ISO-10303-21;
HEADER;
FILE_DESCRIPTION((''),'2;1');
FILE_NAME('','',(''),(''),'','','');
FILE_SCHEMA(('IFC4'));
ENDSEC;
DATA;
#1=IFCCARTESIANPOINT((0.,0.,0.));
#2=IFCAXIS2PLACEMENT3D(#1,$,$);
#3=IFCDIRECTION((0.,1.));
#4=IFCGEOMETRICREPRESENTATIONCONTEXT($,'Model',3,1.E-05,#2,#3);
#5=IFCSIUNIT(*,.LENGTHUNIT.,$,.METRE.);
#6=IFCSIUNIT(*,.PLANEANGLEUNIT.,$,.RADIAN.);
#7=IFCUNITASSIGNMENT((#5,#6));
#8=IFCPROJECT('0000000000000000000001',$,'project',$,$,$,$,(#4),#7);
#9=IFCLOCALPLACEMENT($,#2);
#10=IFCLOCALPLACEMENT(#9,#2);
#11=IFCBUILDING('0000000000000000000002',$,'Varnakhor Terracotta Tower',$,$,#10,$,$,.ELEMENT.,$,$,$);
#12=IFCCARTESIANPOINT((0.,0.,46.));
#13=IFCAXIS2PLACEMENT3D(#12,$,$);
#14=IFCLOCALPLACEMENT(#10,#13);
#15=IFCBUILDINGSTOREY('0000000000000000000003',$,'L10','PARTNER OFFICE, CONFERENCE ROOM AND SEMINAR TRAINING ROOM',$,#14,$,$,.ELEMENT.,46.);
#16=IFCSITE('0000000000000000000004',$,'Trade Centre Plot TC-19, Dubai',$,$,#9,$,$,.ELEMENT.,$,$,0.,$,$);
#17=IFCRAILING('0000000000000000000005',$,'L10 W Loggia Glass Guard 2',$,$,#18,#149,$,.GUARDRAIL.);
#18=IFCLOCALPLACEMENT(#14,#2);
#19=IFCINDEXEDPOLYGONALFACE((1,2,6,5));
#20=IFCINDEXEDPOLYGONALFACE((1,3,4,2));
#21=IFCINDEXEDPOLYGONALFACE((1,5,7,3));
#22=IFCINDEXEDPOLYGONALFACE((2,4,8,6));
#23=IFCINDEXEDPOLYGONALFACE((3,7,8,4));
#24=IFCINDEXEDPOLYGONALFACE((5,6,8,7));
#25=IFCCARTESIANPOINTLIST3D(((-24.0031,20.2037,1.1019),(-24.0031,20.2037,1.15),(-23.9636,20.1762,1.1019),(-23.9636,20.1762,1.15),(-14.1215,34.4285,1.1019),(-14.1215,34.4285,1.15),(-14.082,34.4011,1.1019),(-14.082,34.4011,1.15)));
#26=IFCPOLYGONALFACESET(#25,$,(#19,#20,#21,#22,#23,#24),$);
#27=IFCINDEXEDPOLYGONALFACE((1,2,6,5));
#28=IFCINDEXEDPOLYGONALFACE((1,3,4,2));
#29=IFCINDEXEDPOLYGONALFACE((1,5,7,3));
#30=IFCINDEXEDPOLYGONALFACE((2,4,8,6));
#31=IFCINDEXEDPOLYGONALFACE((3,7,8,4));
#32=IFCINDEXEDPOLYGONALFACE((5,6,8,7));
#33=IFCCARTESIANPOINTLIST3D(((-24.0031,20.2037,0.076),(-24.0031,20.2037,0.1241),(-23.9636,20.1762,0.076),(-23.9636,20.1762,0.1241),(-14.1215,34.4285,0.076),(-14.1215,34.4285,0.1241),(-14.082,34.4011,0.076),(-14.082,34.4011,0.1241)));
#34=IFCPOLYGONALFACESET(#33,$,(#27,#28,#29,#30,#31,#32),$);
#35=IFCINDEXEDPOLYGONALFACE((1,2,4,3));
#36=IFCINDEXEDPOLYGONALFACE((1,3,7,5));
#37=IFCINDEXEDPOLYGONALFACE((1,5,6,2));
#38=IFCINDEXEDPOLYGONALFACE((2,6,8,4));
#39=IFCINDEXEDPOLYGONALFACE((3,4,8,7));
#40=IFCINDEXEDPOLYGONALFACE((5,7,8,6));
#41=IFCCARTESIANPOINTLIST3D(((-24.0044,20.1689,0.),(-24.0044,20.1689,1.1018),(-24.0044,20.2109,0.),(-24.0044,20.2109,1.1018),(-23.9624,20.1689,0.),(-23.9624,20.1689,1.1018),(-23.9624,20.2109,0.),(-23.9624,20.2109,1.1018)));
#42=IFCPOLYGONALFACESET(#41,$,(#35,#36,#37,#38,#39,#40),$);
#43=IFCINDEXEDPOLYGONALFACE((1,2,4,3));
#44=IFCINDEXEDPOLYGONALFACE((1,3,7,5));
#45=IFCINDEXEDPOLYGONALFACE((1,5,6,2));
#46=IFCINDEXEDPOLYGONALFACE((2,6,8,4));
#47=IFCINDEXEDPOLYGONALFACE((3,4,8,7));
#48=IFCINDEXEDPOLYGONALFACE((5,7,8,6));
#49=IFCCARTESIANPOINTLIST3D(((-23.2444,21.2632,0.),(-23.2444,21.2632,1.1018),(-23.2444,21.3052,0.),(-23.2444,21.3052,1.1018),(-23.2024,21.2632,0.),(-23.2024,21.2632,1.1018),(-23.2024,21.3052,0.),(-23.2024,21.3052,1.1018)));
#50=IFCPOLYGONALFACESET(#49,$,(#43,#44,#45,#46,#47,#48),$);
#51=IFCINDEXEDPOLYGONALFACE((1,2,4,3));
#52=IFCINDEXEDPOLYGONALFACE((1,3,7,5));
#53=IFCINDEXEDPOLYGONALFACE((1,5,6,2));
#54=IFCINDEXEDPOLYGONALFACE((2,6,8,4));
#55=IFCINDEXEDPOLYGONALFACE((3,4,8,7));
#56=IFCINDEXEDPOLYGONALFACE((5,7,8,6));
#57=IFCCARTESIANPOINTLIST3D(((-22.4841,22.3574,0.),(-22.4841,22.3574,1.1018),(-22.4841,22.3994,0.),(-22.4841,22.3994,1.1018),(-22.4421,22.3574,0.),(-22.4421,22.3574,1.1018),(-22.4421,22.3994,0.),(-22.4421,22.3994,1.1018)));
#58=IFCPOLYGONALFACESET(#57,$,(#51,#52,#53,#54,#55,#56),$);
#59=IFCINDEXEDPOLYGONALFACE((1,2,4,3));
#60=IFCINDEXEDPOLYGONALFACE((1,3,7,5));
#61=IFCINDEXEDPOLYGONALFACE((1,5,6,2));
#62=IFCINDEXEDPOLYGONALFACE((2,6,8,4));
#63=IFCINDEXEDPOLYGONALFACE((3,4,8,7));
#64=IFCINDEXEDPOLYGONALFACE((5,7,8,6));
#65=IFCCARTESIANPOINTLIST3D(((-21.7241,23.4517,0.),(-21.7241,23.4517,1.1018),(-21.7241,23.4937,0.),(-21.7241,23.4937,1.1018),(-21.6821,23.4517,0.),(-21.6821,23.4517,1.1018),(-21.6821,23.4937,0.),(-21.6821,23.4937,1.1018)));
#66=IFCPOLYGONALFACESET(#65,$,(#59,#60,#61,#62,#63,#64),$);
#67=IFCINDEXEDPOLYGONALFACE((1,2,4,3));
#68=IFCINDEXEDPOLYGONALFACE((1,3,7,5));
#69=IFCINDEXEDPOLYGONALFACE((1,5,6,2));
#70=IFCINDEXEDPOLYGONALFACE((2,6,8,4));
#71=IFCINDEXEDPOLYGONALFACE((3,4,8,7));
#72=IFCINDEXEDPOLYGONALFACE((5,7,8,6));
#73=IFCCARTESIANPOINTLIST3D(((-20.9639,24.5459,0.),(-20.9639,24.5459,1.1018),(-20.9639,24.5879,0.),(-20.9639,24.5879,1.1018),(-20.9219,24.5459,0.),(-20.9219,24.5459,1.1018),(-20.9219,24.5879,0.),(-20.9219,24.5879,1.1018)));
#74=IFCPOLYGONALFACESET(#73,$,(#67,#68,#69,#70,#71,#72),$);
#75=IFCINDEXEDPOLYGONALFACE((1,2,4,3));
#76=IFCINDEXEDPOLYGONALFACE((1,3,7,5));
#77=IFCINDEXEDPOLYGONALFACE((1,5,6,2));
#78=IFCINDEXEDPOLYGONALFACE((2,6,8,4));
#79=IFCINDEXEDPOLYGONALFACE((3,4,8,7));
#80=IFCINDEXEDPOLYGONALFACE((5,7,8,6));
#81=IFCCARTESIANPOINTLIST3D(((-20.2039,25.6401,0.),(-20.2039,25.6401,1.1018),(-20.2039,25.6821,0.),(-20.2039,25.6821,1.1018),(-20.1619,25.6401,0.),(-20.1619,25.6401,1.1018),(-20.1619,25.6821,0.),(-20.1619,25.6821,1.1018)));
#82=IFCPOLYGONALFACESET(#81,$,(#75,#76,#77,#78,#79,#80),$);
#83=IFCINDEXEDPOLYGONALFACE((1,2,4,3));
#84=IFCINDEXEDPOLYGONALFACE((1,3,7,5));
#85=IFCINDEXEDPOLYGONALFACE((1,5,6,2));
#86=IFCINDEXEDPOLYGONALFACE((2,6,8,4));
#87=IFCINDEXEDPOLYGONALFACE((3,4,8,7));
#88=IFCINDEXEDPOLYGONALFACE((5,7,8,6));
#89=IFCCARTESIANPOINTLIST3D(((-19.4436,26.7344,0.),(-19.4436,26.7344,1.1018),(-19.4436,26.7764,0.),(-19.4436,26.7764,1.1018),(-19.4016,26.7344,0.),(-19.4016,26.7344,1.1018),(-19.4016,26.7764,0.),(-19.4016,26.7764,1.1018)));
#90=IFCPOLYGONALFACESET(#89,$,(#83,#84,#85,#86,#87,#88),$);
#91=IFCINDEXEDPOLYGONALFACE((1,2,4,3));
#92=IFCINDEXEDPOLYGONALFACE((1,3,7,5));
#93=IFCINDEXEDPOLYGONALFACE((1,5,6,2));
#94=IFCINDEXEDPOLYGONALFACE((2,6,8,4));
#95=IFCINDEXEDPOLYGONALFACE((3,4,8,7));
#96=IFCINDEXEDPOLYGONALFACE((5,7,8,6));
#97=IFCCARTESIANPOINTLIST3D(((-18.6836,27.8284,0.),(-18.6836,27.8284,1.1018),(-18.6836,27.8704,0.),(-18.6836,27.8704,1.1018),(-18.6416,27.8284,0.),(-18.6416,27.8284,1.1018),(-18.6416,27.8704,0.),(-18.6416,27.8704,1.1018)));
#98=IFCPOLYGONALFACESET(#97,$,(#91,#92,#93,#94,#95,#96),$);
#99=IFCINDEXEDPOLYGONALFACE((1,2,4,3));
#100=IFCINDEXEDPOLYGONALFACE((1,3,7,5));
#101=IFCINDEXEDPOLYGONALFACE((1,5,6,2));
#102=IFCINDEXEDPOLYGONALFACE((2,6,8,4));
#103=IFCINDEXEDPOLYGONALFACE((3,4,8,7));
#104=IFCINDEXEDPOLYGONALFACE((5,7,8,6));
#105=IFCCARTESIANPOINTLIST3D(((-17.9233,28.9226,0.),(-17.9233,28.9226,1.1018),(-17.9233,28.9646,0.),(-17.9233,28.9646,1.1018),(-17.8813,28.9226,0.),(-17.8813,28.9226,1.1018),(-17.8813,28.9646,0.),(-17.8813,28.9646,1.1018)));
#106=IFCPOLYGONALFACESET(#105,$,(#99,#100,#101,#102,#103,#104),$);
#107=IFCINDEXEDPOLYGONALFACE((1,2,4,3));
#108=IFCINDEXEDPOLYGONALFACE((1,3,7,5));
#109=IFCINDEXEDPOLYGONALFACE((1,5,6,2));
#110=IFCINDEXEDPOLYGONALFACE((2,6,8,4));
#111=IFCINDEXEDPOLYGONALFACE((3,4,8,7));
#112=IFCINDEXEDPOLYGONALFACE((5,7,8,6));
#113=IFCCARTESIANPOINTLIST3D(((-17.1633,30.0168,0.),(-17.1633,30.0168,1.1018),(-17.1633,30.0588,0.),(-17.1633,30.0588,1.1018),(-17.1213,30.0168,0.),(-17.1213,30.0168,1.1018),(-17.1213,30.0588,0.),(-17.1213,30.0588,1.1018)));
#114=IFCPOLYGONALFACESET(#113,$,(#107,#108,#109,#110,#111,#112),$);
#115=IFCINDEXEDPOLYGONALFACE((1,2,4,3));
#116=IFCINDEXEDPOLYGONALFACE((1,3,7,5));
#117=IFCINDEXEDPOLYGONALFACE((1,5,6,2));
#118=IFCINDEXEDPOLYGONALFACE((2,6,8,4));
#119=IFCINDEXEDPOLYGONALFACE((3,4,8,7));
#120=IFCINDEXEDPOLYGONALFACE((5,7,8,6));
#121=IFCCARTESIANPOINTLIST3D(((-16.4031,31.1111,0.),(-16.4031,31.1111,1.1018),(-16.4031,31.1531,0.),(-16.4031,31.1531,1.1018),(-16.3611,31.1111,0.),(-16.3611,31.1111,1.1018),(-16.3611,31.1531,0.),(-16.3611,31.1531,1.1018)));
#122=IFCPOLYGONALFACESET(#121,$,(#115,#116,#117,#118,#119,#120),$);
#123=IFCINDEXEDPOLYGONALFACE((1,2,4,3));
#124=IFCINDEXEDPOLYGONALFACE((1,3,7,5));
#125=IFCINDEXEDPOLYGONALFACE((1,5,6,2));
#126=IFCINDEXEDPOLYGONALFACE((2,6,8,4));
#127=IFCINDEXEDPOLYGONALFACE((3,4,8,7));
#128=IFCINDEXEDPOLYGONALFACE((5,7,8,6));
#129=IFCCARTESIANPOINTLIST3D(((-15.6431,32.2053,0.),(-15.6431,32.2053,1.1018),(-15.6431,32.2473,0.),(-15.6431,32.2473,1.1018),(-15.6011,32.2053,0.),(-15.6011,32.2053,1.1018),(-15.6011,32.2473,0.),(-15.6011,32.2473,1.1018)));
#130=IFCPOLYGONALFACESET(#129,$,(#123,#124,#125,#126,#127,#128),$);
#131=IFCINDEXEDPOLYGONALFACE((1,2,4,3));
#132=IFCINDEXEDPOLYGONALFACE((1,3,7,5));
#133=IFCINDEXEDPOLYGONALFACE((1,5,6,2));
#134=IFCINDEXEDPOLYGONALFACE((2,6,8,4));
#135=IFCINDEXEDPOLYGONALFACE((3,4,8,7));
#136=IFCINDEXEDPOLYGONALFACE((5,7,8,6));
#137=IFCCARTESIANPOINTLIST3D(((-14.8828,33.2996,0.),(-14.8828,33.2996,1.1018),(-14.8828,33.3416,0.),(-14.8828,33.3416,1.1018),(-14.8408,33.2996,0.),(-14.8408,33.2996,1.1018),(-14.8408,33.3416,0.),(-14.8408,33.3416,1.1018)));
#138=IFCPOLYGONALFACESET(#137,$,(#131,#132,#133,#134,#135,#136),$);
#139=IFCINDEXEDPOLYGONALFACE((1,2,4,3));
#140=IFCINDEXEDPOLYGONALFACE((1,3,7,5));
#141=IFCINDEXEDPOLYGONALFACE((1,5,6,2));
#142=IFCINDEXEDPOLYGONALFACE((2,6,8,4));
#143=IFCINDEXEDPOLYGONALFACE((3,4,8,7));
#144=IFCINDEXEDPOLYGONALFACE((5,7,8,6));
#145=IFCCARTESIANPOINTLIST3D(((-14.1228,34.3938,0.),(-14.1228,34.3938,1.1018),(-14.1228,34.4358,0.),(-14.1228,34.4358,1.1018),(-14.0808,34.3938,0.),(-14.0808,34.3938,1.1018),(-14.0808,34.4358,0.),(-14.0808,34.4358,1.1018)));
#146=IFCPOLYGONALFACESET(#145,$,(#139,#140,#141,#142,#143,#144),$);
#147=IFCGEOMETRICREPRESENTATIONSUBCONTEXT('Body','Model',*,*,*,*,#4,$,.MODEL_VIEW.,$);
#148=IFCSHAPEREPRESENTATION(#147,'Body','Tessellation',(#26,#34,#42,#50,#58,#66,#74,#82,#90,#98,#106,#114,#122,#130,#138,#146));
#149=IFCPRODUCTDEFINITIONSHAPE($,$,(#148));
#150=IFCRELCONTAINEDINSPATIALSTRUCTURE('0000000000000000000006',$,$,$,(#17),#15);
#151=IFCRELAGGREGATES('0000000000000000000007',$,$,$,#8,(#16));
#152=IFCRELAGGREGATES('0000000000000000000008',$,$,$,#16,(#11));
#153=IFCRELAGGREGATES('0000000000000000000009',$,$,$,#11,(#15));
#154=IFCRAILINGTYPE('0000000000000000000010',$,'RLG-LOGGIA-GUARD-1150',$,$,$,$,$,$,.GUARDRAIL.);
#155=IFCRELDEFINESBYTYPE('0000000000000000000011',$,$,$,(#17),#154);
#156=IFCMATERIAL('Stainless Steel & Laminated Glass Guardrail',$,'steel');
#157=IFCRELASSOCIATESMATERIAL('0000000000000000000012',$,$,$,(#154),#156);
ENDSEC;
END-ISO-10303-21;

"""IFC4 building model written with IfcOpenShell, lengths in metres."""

from ifc_helpers import new_model, si_unit, direction, frame, origin, origin_2d, place, context, subcontext, project, spatial, rectangle, extrude, material, type_object, element, save


model = new_model("IFC4")

# Units and contexts
model_context = context("Model", 3, precision=1e-05, world=origin(), true_north=direction((0.0, 1.0)))
body_context = subcontext(model_context, "Body", "Model", "MODEL_VIEW")
ifc_project = project(units=[si_unit("LENGTHUNIT", "METRE"), si_unit("PLANEANGLEUNIT", "RADIAN")], contexts=[model_context])

# Site, building, storey
site_placement = place(None, origin())
site = spatial("IfcSite", under=ifc_project, at=site_placement, Name="Trade Centre Plot TC-19, Dubai", CompositionType="ELEMENT", RefElevation=0.0)
building_placement = place(site_placement, origin())
building = spatial("IfcBuilding", under=site, at=building_placement, Name="Varnakhor Terracotta Tower", CompositionType="ELEMENT")
storey_placement = place(building_placement, frame((0.0, 0.0, 46.0)))
storey = spatial("IfcBuildingStorey", under=building, at=storey_placement, Name="L10", Description="PARTNER OFFICE, CONFERENCE ROOM AND SEMINAR TRAINING ROOM", CompositionType="ELEMENT", Elevation=46.0)

# Railing
ifc_material_1 = material(Name="Stainless Steel & Laminated Glass Guardrail", Category="steel")
railing_type = type_object("IfcRailingType", Name="RLG-LOGGIA-GUARD-1150", PredefinedType="GUARDRAIL", material=ifc_material_1)
railing_1_placement = place(storey_placement, frame((-23.9834, 20.1899, 0.0)))
element("IfcRailing", 1, at=railing_1_placement, inside=storey, type_object=railing_type, Name="L10 W Loggia Glass Guard 2", PredefinedType="GUARDRAIL", context=body_context, shape_type="SweptSolid", body=[
    extrude(rectangle(XDim=0.0481, YDim=0.0481, at=origin_2d()), frame((0.0, 0.0, 1.126), z_axis=(0.570521, 0.821283, 0.0), x_axis=(-0.821283, 0.570521, 0.0)), (0.0, 0.0, 1.0), 17.3203),
    extrude(rectangle(XDim=0.0481, YDim=0.0481, at=origin_2d()), frame((0.0, 0.0, 0.1001), z_axis=(0.570521, 0.821283, 0.0), x_axis=(-0.821283, 0.570521, 0.0)), (0.0, 0.0, 1.0), 17.3203),
    extrude(rectangle(XDim=0.042, YDim=0.042, at=origin_2d()), origin(), (0.0, 0.0, 1.0), 1.1018),
    extrude(rectangle(XDim=0.042, YDim=0.042, at=origin_2d()), frame((0.76, 1.0942, 0.0)), (0.0, 0.0, 1.0), 1.1018),
    extrude(rectangle(XDim=0.042, YDim=0.042, at=origin_2d()), frame((1.5203, 2.1885, 0.0)), (0.0, 0.0, 1.0), 1.1018),
    extrude(rectangle(XDim=0.042, YDim=0.042, at=origin_2d()), frame((2.2803, 3.2827, 0.0)), (0.0, 0.0, 1.0), 1.1018),
    extrude(rectangle(XDim=0.042, YDim=0.042, at=origin_2d()), frame((3.0405, 4.377, 0.0)), (0.0, 0.0, 1.0), 1.1018),
    extrude(rectangle(XDim=0.042, YDim=0.042, at=origin_2d()), frame((3.8005, 5.4712, 0.0)), (0.0, 0.0, 1.0), 1.1018),
    extrude(rectangle(XDim=0.042, YDim=0.042, at=origin_2d()), frame((4.5608, 6.5654, 0.0)), (0.0, 0.0, 1.0), 1.1018),
    extrude(rectangle(XDim=0.042, YDim=0.042, at=origin_2d()), frame((5.3208, 7.6594, 0.0)), (0.0, 0.0, 1.0), 1.1018),
    extrude(rectangle(XDim=0.042, YDim=0.042, at=origin_2d()), frame((6.0811, 8.7537, 0.0)), (0.0, 0.0, 1.0), 1.1018),
    extrude(rectangle(XDim=0.042, YDim=0.042, at=origin_2d()), frame((6.8411, 9.8479, 0.0)), (0.0, 0.0, 1.0), 1.1018),
    extrude(rectangle(XDim=0.042, YDim=0.042, at=origin_2d()), frame((7.6013, 10.9421, 0.0)), (0.0, 0.0, 1.0), 1.1018),
    extrude(rectangle(XDim=0.042, YDim=0.042, at=origin_2d()), frame((8.3613, 12.0364, 0.0)), (0.0, 0.0, 1.0), 1.1018),
    extrude(rectangle(XDim=0.042, YDim=0.042, at=origin_2d()), frame((9.1216, 13.1306, 0.0)), (0.0, 0.0, 1.0), 1.1018),
    extrude(rectangle(XDim=0.042, YDim=0.042, at=origin_2d()), frame((9.8816, 14.2249, 0.0)), (0.0, 0.0, 1.0), 1.1018),
])

save(model, "model.ifc")
